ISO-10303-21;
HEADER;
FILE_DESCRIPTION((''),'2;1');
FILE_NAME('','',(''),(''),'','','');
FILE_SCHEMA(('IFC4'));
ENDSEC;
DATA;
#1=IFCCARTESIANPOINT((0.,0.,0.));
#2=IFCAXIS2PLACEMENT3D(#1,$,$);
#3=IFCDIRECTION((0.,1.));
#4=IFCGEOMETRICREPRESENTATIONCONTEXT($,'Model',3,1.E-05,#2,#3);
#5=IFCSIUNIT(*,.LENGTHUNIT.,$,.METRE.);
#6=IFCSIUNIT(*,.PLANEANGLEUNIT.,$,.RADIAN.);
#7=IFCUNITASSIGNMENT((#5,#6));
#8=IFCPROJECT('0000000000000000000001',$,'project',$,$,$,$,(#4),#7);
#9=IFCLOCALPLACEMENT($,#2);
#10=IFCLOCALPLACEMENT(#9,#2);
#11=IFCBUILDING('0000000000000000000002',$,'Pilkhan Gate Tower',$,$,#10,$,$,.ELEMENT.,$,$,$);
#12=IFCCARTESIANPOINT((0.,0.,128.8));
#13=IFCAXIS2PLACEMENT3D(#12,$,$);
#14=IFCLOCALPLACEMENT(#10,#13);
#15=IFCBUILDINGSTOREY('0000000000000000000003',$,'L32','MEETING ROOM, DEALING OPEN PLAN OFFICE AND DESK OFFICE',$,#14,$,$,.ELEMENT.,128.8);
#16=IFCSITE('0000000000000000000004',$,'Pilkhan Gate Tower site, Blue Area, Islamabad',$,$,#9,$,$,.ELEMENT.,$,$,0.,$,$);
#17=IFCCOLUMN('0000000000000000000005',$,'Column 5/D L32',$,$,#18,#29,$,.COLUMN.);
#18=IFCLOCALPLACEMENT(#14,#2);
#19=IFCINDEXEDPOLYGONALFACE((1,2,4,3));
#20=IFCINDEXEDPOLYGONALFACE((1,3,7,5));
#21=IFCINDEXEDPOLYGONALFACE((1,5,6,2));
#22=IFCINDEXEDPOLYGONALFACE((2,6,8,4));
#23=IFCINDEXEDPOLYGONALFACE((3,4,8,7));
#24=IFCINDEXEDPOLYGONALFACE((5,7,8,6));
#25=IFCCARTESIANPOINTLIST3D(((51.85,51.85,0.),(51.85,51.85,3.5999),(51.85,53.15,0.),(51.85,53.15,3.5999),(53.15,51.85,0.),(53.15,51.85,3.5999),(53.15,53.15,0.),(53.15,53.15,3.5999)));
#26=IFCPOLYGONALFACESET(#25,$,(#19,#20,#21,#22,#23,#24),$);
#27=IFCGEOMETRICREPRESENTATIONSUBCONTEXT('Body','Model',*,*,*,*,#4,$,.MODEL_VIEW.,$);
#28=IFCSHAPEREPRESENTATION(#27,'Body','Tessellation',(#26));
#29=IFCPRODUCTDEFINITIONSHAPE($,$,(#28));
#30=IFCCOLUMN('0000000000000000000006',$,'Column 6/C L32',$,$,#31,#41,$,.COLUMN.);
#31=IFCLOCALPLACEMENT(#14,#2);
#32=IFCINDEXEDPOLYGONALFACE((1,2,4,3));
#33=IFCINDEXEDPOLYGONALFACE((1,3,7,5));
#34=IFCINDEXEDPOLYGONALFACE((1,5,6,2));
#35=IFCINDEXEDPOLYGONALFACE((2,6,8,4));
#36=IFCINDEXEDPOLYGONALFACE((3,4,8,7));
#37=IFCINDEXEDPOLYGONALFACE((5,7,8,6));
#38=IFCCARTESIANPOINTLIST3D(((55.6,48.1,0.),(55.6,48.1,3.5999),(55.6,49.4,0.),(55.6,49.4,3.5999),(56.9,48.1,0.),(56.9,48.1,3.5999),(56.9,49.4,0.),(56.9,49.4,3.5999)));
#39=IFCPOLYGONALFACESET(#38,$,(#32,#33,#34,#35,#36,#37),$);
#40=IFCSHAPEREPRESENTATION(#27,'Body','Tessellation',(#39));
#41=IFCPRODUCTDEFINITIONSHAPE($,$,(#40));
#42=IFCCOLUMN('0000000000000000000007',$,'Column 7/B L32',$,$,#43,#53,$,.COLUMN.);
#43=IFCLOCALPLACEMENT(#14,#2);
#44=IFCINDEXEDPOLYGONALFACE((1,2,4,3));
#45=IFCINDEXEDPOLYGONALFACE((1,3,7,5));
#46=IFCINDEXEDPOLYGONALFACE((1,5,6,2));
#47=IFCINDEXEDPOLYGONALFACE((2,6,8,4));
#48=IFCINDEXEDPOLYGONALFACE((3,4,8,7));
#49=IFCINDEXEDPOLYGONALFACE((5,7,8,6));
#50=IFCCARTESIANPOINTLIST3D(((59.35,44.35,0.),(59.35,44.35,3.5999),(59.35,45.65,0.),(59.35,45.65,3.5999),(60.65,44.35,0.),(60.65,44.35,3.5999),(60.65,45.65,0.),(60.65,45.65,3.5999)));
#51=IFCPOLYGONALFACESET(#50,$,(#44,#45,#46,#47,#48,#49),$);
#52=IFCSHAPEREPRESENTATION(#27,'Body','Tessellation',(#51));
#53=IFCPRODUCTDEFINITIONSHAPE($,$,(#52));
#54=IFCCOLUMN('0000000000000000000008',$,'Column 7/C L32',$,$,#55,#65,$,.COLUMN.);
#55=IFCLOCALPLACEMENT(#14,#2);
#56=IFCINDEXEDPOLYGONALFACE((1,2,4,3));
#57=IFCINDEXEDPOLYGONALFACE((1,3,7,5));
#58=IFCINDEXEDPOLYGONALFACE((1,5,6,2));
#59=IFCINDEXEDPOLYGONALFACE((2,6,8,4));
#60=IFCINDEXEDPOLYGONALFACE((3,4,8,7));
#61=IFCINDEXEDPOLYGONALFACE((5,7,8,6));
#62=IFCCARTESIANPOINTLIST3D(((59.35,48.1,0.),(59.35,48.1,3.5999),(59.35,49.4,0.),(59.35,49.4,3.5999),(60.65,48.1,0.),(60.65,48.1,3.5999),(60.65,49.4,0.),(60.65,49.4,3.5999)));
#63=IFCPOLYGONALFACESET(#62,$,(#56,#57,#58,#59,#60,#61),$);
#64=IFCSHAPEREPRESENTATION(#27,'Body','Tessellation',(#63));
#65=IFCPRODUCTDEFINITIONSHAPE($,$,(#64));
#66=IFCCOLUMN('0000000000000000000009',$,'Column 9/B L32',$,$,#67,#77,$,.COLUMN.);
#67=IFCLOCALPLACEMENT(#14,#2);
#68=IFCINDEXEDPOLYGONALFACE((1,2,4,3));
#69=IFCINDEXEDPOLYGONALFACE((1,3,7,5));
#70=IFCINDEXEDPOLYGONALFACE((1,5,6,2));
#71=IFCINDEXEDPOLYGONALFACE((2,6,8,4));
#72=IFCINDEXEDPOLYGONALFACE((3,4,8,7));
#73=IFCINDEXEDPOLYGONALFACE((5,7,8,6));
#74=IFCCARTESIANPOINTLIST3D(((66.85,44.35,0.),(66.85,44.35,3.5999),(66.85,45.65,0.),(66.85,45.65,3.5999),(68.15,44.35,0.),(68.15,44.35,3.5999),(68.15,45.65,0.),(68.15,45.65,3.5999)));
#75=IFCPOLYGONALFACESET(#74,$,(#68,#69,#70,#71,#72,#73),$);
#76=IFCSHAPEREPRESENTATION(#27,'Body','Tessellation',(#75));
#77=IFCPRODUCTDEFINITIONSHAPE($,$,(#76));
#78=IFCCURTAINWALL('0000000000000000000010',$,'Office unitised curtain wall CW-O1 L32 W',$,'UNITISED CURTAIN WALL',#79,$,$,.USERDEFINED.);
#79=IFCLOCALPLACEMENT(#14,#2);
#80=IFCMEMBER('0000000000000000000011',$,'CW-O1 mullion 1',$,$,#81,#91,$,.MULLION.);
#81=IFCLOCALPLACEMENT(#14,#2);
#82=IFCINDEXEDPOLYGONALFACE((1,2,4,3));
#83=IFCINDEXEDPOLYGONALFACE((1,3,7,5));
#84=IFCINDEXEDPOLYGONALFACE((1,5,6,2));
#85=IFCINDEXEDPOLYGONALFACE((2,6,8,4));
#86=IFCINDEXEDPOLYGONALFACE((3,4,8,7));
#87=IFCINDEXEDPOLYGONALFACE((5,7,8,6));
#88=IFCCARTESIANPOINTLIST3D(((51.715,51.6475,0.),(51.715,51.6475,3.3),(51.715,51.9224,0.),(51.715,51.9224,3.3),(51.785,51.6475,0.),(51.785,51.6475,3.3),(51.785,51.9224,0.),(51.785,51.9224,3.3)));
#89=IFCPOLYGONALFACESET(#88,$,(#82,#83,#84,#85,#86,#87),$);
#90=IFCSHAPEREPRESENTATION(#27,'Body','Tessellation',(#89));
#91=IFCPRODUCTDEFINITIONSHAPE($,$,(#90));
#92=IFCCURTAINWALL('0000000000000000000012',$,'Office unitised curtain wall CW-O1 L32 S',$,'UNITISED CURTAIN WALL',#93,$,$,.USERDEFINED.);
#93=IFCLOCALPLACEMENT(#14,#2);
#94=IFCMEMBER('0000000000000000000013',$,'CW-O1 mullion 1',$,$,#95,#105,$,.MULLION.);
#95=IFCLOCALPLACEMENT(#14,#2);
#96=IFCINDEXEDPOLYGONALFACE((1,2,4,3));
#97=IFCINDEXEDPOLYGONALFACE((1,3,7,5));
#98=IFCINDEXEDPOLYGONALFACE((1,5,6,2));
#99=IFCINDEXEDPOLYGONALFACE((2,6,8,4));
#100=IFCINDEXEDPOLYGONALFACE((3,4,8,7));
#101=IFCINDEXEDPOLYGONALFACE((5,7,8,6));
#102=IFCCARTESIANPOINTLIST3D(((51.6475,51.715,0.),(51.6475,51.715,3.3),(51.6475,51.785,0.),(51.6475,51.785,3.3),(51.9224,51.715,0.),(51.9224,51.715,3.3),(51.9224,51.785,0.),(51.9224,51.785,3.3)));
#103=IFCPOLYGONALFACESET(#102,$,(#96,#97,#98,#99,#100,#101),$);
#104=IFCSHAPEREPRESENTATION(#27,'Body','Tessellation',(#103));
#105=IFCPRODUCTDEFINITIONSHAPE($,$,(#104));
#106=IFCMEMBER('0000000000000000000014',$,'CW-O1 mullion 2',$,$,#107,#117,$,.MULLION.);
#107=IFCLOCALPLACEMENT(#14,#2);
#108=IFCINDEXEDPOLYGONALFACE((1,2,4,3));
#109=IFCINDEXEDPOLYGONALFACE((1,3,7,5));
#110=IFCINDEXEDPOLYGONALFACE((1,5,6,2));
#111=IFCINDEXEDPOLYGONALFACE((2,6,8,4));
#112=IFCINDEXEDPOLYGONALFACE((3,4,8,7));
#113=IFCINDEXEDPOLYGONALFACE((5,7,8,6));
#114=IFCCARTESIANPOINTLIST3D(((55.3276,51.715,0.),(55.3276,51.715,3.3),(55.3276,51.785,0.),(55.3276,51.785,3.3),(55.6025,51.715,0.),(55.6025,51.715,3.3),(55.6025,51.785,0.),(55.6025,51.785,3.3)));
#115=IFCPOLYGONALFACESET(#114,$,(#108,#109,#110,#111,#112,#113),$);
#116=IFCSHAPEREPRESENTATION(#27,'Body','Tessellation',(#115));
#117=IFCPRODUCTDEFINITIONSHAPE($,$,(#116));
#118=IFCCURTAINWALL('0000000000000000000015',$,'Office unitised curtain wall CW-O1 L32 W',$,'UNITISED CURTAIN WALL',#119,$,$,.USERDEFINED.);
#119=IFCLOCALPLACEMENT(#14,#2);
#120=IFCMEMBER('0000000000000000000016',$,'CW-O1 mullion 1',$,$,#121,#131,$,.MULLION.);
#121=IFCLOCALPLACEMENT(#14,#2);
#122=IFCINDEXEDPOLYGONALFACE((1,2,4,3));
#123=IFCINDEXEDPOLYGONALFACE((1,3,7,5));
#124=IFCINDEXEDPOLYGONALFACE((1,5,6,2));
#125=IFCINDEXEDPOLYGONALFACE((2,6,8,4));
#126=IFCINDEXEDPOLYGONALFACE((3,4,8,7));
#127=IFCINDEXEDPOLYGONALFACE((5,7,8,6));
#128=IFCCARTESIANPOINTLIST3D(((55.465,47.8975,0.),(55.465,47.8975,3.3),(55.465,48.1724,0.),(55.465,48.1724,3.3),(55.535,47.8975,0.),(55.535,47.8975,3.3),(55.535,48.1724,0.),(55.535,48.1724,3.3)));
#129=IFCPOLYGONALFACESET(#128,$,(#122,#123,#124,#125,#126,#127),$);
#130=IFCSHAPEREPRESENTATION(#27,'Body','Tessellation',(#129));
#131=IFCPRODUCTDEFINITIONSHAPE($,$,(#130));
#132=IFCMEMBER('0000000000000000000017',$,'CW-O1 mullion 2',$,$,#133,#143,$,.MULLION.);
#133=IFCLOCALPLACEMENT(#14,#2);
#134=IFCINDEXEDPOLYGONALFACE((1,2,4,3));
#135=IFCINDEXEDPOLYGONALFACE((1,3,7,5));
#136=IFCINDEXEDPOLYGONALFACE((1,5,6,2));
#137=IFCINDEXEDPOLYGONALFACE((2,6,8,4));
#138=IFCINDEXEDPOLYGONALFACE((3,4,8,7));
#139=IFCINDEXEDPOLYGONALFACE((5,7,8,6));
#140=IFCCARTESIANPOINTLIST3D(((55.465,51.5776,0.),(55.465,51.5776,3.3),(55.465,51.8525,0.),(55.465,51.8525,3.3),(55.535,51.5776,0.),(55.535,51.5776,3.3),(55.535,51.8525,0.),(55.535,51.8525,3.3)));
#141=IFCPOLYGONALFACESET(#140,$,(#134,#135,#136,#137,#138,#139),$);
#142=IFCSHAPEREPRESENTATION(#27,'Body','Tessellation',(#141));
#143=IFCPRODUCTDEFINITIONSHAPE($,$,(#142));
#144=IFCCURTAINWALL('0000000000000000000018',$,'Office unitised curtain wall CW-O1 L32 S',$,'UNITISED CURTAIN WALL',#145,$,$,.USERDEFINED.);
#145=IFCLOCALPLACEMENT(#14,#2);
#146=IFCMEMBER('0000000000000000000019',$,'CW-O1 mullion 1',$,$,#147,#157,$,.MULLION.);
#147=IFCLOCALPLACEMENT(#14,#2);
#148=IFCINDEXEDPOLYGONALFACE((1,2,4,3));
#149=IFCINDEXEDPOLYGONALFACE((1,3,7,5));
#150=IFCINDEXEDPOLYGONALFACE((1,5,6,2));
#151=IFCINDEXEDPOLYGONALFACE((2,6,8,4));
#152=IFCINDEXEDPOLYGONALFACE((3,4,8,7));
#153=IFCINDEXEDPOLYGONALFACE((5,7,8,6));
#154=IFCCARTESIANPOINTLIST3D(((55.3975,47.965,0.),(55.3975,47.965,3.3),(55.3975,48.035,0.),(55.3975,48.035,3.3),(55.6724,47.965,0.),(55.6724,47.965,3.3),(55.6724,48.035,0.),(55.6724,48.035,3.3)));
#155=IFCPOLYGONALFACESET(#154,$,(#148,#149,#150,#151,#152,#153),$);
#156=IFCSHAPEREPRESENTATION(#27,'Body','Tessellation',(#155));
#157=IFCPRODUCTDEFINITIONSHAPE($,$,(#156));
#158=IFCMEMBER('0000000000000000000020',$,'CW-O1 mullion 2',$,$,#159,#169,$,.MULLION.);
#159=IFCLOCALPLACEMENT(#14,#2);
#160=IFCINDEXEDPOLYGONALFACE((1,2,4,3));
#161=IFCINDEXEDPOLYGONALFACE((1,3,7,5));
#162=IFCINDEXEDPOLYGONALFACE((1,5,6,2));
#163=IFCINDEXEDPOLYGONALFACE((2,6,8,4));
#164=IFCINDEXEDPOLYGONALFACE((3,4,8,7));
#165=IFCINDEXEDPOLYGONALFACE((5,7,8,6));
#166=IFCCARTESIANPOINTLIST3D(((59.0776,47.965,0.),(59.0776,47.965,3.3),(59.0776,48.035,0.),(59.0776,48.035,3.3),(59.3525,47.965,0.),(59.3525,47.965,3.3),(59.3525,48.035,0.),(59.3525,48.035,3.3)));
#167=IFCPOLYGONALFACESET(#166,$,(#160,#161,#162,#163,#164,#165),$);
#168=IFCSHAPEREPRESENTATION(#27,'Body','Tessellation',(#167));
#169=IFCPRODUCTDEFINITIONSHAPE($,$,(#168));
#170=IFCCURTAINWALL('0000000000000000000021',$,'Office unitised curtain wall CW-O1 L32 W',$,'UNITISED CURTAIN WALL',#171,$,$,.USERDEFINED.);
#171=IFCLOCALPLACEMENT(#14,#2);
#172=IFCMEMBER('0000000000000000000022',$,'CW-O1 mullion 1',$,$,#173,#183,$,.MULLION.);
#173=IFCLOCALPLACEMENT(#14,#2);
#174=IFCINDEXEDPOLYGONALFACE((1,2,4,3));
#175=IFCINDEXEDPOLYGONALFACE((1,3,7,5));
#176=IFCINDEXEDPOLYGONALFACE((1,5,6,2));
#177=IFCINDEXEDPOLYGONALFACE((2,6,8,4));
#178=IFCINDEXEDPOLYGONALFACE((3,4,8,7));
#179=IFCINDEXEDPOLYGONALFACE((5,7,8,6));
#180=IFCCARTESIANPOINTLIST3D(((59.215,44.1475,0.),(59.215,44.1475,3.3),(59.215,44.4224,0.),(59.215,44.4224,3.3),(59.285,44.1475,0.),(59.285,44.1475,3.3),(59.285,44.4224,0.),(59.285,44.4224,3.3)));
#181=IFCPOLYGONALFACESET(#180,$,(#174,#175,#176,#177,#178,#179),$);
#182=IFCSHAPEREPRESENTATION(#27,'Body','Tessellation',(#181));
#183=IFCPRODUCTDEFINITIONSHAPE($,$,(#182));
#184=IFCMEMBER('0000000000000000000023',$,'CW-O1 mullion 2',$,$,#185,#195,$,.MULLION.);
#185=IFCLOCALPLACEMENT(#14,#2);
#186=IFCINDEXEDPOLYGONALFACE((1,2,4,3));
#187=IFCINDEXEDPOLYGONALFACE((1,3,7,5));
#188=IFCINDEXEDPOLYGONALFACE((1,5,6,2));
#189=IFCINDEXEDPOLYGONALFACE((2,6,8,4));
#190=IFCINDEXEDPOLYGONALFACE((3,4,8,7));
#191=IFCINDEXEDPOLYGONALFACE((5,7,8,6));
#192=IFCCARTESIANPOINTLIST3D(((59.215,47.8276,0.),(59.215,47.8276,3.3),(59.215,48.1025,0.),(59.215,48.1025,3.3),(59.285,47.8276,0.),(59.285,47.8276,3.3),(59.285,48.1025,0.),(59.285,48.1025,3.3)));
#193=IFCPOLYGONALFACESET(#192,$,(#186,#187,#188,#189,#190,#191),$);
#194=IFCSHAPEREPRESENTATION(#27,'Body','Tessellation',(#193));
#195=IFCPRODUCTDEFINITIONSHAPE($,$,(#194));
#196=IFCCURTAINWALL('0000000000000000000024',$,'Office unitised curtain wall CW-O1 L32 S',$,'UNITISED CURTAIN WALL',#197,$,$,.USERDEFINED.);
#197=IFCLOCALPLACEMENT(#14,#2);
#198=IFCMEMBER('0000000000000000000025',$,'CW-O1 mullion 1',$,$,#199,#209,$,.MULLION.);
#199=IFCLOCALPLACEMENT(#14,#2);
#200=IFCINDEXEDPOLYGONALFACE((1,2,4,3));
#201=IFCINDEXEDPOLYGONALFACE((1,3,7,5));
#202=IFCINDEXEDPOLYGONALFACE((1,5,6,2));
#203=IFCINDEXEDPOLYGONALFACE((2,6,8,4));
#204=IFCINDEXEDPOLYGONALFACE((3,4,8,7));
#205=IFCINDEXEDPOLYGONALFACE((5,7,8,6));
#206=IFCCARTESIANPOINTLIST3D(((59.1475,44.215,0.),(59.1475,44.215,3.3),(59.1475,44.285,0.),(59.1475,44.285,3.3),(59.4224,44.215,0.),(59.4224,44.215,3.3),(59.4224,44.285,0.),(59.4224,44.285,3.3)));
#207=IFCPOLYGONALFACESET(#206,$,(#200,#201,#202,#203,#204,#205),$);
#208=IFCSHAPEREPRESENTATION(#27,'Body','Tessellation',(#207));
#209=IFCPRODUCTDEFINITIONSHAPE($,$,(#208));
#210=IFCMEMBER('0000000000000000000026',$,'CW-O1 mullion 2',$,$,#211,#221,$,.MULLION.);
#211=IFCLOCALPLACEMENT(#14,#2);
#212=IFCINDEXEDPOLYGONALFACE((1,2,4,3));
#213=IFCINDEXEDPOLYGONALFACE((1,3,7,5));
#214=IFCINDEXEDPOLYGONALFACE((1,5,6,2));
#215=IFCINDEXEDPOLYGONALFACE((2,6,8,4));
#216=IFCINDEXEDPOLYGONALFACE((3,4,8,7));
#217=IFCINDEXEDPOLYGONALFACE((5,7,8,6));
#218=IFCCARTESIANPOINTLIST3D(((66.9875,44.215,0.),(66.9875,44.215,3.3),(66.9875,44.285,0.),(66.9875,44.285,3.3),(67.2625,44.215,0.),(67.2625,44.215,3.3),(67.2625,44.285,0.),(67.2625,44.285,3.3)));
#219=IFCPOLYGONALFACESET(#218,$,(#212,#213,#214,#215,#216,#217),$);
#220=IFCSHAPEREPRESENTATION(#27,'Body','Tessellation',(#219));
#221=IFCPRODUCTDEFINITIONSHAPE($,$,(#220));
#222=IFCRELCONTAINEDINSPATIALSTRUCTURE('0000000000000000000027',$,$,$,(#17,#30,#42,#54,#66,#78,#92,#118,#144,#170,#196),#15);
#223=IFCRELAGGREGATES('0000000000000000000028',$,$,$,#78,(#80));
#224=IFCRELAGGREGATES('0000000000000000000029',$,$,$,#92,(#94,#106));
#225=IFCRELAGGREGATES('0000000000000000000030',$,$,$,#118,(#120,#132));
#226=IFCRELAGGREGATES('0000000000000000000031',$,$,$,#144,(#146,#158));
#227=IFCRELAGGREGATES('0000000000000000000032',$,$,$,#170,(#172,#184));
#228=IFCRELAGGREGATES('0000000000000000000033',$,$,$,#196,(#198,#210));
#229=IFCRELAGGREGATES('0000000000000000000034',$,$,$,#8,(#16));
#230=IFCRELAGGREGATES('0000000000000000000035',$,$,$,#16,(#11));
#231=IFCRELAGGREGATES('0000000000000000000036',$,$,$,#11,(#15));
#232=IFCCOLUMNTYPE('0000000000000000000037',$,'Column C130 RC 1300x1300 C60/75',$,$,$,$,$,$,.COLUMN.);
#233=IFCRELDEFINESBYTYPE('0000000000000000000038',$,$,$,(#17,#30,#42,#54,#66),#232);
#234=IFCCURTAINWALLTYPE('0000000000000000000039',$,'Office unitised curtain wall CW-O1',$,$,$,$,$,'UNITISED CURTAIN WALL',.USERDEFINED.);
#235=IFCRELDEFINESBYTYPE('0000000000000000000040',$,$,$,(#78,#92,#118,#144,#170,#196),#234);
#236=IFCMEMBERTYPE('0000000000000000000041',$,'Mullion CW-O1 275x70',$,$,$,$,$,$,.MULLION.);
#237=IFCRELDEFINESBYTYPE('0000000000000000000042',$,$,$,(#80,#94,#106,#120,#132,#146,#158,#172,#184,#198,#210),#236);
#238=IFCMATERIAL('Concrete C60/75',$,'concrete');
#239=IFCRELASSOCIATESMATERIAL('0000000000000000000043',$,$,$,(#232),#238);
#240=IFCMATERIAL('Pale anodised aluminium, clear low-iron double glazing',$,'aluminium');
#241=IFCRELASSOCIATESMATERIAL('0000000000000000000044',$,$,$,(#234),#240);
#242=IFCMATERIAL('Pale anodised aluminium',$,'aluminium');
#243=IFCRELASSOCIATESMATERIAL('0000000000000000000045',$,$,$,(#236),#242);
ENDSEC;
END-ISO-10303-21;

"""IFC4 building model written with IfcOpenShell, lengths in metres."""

from ifc_helpers import new_model, si_unit, direction, frame, origin, origin_2d, place, context, subcontext, project, spatial, rectangle, extrude, material, material_profile, profile_set, type_object, element, aggregate, save


model = new_model("IFC4")

# Units and contexts
model_context = context("Model", 3, precision=1e-05, world=origin(), true_north=direction((0.0, 1.0)))
body_context = subcontext(model_context, "Body", "Model", "MODEL_VIEW")
ifc_project = project(units=[si_unit("LENGTHUNIT", "METRE"), si_unit("PLANEANGLEUNIT", "RADIAN")], contexts=[model_context])

# Site, building, storey
site_placement = place(None, origin())
site = spatial("IfcSite", under=ifc_project, at=site_placement, Name="Pilkhan Gate Tower site, Blue Area, Islamabad", CompositionType="ELEMENT", RefElevation=0.0)
building_placement = place(site_placement, origin())
building = spatial("IfcBuilding", under=site, at=building_placement, Name="Pilkhan Gate Tower", CompositionType="ELEMENT")
storey_placement = place(building_placement, frame((0.0, 0.0, 128.8)))
storey = spatial("IfcBuildingStorey", under=building, at=storey_placement, Name="L32", Description="MEETING ROOM, DEALING OPEN PLAN OFFICE AND DESK OFFICE", CompositionType="ELEMENT", Elevation=128.8)

# Columns
ifc_material_1 = material(Name="Concrete C60/75", Category="concrete")
ifc_material_profile_1 = material_profile(ifc_material_1, rectangle(XDim=1.3, YDim=1.3, at=origin_2d()), Name="RC 1300x1300")
ifc_profile_set_1 = profile_set([ifc_material_profile_1], Name="Concrete C60/75")
column_type = type_object("IfcColumnType", Name="Column C130 RC 1300x1300 C60/75", PredefinedType="COLUMN", material=ifc_profile_set_1)
for number, where, z_axis, x_axis, name in (
    (1, (52.5, 52.5, 0.0), (0.0, 0.0, 1.0), (1.0, 0.0, 0.0), "Column 5/D L32"),
    (2, (56.25, 48.75, 0.0), (0.0, 0.0, 1.0), (1.0, 0.0, 0.0), "Column 6/C L32"),
    (3, (60.0, 45.0, 0.0), (0.0, 0.0, 1.0), (1.0, 0.0, 0.0), "Column 7/B L32"),
    (4, (60.0, 48.75, 0.0), (0.0, 0.0, 1.0), (1.0, 0.0, 0.0), "Column 7/C L32"),
    (5, (67.5, 45.0, 0.0), (0.0, 0.0, 1.0), (1.0, 0.0, 0.0), "Column 9/B L32"),
):
    element("IfcColumn", number, at=place(storey_placement, frame(where, z_axis=z_axis, x_axis=x_axis)), inside=storey, type_object=column_type, Name=name, PredefinedType="COLUMN", context=body_context, shape_type="SweptSolid", body=[
        extrude(rectangle(XDim=1.3, YDim=1.3, at=origin_2d()), origin(), (0.0, 0.0, 1.0), 3.5999),
    ])

# Curtain wall, member
ifc_material_2 = material(Name="Pale anodised aluminium, clear low-iron double glazing", Category="aluminium")
curtain_wall_type = type_object("IfcCurtainWallType", Name="Office unitised curtain wall CW-O1", ElementType="UNITISED CURTAIN WALL", PredefinedType="USERDEFINED", material=ifc_material_2)
curtain_wall_1_placement = place(storey_placement, origin())
curtain_wall_1 = element("IfcCurtainWall", 6, at=curtain_wall_1_placement, inside=storey, type_object=curtain_wall_type, Name="Office unitised curtain wall CW-O1 L32 W", ObjectType="UNITISED CURTAIN WALL", PredefinedType="USERDEFINED")
ifc_material_3 = material(Name="Pale anodised aluminium", Category="aluminium")
ifc_material_profile_2 = material_profile(ifc_material_3, rectangle(XDim=0.0701, YDim=0.2749, at=origin_2d()), Name="Mullion 275x70")
ifc_profile_set_2 = profile_set([ifc_material_profile_2], Name="Pale anodised aluminium")
member_type_1 = type_object("IfcMemberType", Name="Mullion CW-O1 275x70", PredefinedType="MULLION", material=ifc_profile_set_2)
member_1_placement = place(storey_placement, frame((51.75, 51.7849, 0.0), z_axis=(0.0, 0.0, 1.0), x_axis=(-1.0, 0.0, 0.0)))
member_1 = element("IfcMember", 7, at=member_1_placement, type_object=member_type_1, Name="CW-O1 mullion 1", PredefinedType="MULLION", context=body_context, shape_type="SweptSolid", body=[
    extrude(rectangle(XDim=0.0701, YDim=0.2749, at=origin_2d()), origin(), (0.0, 0.0, 1.0), 3.3),
])

# Curtain walls, members
curtain_wall_2_placement = place(storey_placement, origin())
curtain_wall_2 = element("IfcCurtainWall", 8, at=curtain_wall_2_placement, inside=storey, type_object=curtain_wall_type, Name="Office unitised curtain wall CW-O1 L32 S", ObjectType="UNITISED CURTAIN WALL", PredefinedType="USERDEFINED")
member_2_placement = place(storey_placement, frame((51.7849, 51.75, 0.0), z_axis=(0.0, 0.0, 1.0), x_axis=(0.0, 1.0, 0.0)))
member_2 = element("IfcMember", 9, at=member_2_placement, type_object=member_type_1, Name="CW-O1 mullion 1", PredefinedType="MULLION", context=body_context, shape_type="SweptSolid", body=[
    extrude(rectangle(XDim=0.0701, YDim=0.2749, at=origin_2d()), origin(), (0.0, 0.0, 1.0), 3.3),
])
member_3_placement = place(storey_placement, frame((55.4651, 51.75, 0.0), z_axis=(0.0, 0.0, 1.0), x_axis=(0.0, 1.0, 0.0)))
member_3 = element("IfcMember", 10, at=member_3_placement, type_object=member_type_1, Name="CW-O1 mullion 2", PredefinedType="MULLION", context=body_context, shape_type="SweptSolid", body=[
    extrude(rectangle(XDim=0.0701, YDim=0.2749, at=origin_2d()), origin(), (0.0, 0.0, 1.0), 3.3),
])
curtain_wall_3_placement = place(storey_placement, origin())
curtain_wall_3 = element("IfcCurtainWall", 11, at=curtain_wall_3_placement, inside=storey, type_object=curtain_wall_type, Name="Office unitised curtain wall CW-O1 L32 W", ObjectType="UNITISED CURTAIN WALL", PredefinedType="USERDEFINED")
member_4_placement = place(storey_placement, frame((55.5, 48.0349, 0.0), z_axis=(0.0, 0.0, 1.0), x_axis=(-1.0, 0.0, 0.0)))
member_4 = element("IfcMember", 12, at=member_4_placement, type_object=member_type_1, Name="CW-O1 mullion 1", PredefinedType="MULLION", context=body_context, shape_type="SweptSolid", body=[
    extrude(rectangle(XDim=0.0701, YDim=0.2749, at=origin_2d()), origin(), (0.0, 0.0, 1.0), 3.3),
])
member_5_placement = place(storey_placement, frame((55.5, 51.7151, 0.0), z_axis=(0.0, 0.0, 1.0), x_axis=(-1.0, 0.0, 0.0)))
member_5 = element("IfcMember", 13, at=member_5_placement, type_object=member_type_1, Name="CW-O1 mullion 2", PredefinedType="MULLION", context=body_context, shape_type="SweptSolid", body=[
    extrude(rectangle(XDim=0.0701, YDim=0.2749, at=origin_2d()), origin(), (0.0, 0.0, 1.0), 3.3),
])
curtain_wall_4_placement = place(storey_placement, origin())
curtain_wall_4 = element("IfcCurtainWall", 14, at=curtain_wall_4_placement, inside=storey, type_object=curtain_wall_type, Name="Office unitised curtain wall CW-O1 L32 S", ObjectType="UNITISED CURTAIN WALL", PredefinedType="USERDEFINED")
member_6_placement = place(storey_placement, frame((55.5349, 48.0, 0.0), z_axis=(0.0, 0.0, 1.0), x_axis=(0.0, 1.0, 0.0)))
member_6 = element("IfcMember", 15, at=member_6_placement, type_object=member_type_1, Name="CW-O1 mullion 1", PredefinedType="MULLION", context=body_context, shape_type="SweptSolid", body=[
    extrude(rectangle(XDim=0.0701, YDim=0.2749, at=origin_2d()), origin(), (0.0, 0.0, 1.0), 3.3),
])
member_7_placement = place(storey_placement, frame((59.2151, 48.0, 0.0), z_axis=(0.0, 0.0, 1.0), x_axis=(0.0, 1.0, 0.0)))
member_7 = element("IfcMember", 16, at=member_7_placement, type_object=member_type_1, Name="CW-O1 mullion 2", PredefinedType="MULLION", context=body_context, shape_type="SweptSolid", body=[
    extrude(rectangle(XDim=0.0701, YDim=0.2749, at=origin_2d()), origin(), (0.0, 0.0, 1.0), 3.3),
])
curtain_wall_5_placement = place(storey_placement, origin())
curtain_wall_5 = element("IfcCurtainWall", 17, at=curtain_wall_5_placement, inside=storey, type_object=curtain_wall_type, Name="Office unitised curtain wall CW-O1 L32 W", ObjectType="UNITISED CURTAIN WALL", PredefinedType="USERDEFINED")
member_8_placement = place(storey_placement, frame((59.25, 44.2849, 0.0), z_axis=(0.0, 0.0, 1.0), x_axis=(-1.0, 0.0, 0.0)))
member_8 = element("IfcMember", 18, at=member_8_placement, type_object=member_type_1, Name="CW-O1 mullion 1", PredefinedType="MULLION", context=body_context, shape_type="SweptSolid", body=[
    extrude(rectangle(XDim=0.0701, YDim=0.2749, at=origin_2d()), origin(), (0.0, 0.0, 1.0), 3.3),
])
member_9_placement = place(storey_placement, frame((59.25, 47.9651, 0.0), z_axis=(0.0, 0.0, 1.0), x_axis=(-1.0, 0.0, 0.0)))
member_9 = element("IfcMember", 19, at=member_9_placement, type_object=member_type_1, Name="CW-O1 mullion 2", PredefinedType="MULLION", context=body_context, shape_type="SweptSolid", body=[
    extrude(rectangle(XDim=0.0701, YDim=0.2749, at=origin_2d()), origin(), (0.0, 0.0, 1.0), 3.3),
])
curtain_wall_6_placement = place(storey_placement, origin())
curtain_wall_6 = element("IfcCurtainWall", 20, at=curtain_wall_6_placement, inside=storey, type_object=curtain_wall_type, Name="Office unitised curtain wall CW-O1 L32 S", ObjectType="UNITISED CURTAIN WALL", PredefinedType="USERDEFINED")
member_10_placement = place(storey_placement, frame((59.2849, 44.25, 0.0), z_axis=(0.0, 0.0, 1.0), x_axis=(0.0, 1.0, 0.0)))
member_10 = element("IfcMember", 21, at=member_10_placement, type_object=member_type_1, Name="CW-O1 mullion 1", PredefinedType="MULLION", context=body_context, shape_type="SweptSolid", body=[
    extrude(rectangle(XDim=0.0701, YDim=0.2749, at=origin_2d()), origin(), (0.0, 0.0, 1.0), 3.3),
])
member_11_placement = place(storey_placement, frame((67.125, 44.25, 0.0), z_axis=(0.0, 0.0, 1.0), x_axis=(0.0, 1.0, 0.0)))
member_11 = element("IfcMember", 22, at=member_11_placement, type_object=member_type_1, Name="CW-O1 mullion 2", PredefinedType="MULLION", context=body_context, shape_type="SweptSolid", body=[
    extrude(rectangle(XDim=0.0701, YDim=0.2749, at=origin_2d()), origin(), (0.0, 0.0, 1.0), 3.3),
])

aggregate(curtain_wall_1, [member_1])

aggregate(curtain_wall_2, [member_2, member_3])
aggregate(curtain_wall_3, [member_4, member_5])
aggregate(curtain_wall_4, [member_6, member_7])
aggregate(curtain_wall_5, [member_8, member_9])
aggregate(curtain_wall_6, [member_10, member_11])

save(model, "model.ifc")
